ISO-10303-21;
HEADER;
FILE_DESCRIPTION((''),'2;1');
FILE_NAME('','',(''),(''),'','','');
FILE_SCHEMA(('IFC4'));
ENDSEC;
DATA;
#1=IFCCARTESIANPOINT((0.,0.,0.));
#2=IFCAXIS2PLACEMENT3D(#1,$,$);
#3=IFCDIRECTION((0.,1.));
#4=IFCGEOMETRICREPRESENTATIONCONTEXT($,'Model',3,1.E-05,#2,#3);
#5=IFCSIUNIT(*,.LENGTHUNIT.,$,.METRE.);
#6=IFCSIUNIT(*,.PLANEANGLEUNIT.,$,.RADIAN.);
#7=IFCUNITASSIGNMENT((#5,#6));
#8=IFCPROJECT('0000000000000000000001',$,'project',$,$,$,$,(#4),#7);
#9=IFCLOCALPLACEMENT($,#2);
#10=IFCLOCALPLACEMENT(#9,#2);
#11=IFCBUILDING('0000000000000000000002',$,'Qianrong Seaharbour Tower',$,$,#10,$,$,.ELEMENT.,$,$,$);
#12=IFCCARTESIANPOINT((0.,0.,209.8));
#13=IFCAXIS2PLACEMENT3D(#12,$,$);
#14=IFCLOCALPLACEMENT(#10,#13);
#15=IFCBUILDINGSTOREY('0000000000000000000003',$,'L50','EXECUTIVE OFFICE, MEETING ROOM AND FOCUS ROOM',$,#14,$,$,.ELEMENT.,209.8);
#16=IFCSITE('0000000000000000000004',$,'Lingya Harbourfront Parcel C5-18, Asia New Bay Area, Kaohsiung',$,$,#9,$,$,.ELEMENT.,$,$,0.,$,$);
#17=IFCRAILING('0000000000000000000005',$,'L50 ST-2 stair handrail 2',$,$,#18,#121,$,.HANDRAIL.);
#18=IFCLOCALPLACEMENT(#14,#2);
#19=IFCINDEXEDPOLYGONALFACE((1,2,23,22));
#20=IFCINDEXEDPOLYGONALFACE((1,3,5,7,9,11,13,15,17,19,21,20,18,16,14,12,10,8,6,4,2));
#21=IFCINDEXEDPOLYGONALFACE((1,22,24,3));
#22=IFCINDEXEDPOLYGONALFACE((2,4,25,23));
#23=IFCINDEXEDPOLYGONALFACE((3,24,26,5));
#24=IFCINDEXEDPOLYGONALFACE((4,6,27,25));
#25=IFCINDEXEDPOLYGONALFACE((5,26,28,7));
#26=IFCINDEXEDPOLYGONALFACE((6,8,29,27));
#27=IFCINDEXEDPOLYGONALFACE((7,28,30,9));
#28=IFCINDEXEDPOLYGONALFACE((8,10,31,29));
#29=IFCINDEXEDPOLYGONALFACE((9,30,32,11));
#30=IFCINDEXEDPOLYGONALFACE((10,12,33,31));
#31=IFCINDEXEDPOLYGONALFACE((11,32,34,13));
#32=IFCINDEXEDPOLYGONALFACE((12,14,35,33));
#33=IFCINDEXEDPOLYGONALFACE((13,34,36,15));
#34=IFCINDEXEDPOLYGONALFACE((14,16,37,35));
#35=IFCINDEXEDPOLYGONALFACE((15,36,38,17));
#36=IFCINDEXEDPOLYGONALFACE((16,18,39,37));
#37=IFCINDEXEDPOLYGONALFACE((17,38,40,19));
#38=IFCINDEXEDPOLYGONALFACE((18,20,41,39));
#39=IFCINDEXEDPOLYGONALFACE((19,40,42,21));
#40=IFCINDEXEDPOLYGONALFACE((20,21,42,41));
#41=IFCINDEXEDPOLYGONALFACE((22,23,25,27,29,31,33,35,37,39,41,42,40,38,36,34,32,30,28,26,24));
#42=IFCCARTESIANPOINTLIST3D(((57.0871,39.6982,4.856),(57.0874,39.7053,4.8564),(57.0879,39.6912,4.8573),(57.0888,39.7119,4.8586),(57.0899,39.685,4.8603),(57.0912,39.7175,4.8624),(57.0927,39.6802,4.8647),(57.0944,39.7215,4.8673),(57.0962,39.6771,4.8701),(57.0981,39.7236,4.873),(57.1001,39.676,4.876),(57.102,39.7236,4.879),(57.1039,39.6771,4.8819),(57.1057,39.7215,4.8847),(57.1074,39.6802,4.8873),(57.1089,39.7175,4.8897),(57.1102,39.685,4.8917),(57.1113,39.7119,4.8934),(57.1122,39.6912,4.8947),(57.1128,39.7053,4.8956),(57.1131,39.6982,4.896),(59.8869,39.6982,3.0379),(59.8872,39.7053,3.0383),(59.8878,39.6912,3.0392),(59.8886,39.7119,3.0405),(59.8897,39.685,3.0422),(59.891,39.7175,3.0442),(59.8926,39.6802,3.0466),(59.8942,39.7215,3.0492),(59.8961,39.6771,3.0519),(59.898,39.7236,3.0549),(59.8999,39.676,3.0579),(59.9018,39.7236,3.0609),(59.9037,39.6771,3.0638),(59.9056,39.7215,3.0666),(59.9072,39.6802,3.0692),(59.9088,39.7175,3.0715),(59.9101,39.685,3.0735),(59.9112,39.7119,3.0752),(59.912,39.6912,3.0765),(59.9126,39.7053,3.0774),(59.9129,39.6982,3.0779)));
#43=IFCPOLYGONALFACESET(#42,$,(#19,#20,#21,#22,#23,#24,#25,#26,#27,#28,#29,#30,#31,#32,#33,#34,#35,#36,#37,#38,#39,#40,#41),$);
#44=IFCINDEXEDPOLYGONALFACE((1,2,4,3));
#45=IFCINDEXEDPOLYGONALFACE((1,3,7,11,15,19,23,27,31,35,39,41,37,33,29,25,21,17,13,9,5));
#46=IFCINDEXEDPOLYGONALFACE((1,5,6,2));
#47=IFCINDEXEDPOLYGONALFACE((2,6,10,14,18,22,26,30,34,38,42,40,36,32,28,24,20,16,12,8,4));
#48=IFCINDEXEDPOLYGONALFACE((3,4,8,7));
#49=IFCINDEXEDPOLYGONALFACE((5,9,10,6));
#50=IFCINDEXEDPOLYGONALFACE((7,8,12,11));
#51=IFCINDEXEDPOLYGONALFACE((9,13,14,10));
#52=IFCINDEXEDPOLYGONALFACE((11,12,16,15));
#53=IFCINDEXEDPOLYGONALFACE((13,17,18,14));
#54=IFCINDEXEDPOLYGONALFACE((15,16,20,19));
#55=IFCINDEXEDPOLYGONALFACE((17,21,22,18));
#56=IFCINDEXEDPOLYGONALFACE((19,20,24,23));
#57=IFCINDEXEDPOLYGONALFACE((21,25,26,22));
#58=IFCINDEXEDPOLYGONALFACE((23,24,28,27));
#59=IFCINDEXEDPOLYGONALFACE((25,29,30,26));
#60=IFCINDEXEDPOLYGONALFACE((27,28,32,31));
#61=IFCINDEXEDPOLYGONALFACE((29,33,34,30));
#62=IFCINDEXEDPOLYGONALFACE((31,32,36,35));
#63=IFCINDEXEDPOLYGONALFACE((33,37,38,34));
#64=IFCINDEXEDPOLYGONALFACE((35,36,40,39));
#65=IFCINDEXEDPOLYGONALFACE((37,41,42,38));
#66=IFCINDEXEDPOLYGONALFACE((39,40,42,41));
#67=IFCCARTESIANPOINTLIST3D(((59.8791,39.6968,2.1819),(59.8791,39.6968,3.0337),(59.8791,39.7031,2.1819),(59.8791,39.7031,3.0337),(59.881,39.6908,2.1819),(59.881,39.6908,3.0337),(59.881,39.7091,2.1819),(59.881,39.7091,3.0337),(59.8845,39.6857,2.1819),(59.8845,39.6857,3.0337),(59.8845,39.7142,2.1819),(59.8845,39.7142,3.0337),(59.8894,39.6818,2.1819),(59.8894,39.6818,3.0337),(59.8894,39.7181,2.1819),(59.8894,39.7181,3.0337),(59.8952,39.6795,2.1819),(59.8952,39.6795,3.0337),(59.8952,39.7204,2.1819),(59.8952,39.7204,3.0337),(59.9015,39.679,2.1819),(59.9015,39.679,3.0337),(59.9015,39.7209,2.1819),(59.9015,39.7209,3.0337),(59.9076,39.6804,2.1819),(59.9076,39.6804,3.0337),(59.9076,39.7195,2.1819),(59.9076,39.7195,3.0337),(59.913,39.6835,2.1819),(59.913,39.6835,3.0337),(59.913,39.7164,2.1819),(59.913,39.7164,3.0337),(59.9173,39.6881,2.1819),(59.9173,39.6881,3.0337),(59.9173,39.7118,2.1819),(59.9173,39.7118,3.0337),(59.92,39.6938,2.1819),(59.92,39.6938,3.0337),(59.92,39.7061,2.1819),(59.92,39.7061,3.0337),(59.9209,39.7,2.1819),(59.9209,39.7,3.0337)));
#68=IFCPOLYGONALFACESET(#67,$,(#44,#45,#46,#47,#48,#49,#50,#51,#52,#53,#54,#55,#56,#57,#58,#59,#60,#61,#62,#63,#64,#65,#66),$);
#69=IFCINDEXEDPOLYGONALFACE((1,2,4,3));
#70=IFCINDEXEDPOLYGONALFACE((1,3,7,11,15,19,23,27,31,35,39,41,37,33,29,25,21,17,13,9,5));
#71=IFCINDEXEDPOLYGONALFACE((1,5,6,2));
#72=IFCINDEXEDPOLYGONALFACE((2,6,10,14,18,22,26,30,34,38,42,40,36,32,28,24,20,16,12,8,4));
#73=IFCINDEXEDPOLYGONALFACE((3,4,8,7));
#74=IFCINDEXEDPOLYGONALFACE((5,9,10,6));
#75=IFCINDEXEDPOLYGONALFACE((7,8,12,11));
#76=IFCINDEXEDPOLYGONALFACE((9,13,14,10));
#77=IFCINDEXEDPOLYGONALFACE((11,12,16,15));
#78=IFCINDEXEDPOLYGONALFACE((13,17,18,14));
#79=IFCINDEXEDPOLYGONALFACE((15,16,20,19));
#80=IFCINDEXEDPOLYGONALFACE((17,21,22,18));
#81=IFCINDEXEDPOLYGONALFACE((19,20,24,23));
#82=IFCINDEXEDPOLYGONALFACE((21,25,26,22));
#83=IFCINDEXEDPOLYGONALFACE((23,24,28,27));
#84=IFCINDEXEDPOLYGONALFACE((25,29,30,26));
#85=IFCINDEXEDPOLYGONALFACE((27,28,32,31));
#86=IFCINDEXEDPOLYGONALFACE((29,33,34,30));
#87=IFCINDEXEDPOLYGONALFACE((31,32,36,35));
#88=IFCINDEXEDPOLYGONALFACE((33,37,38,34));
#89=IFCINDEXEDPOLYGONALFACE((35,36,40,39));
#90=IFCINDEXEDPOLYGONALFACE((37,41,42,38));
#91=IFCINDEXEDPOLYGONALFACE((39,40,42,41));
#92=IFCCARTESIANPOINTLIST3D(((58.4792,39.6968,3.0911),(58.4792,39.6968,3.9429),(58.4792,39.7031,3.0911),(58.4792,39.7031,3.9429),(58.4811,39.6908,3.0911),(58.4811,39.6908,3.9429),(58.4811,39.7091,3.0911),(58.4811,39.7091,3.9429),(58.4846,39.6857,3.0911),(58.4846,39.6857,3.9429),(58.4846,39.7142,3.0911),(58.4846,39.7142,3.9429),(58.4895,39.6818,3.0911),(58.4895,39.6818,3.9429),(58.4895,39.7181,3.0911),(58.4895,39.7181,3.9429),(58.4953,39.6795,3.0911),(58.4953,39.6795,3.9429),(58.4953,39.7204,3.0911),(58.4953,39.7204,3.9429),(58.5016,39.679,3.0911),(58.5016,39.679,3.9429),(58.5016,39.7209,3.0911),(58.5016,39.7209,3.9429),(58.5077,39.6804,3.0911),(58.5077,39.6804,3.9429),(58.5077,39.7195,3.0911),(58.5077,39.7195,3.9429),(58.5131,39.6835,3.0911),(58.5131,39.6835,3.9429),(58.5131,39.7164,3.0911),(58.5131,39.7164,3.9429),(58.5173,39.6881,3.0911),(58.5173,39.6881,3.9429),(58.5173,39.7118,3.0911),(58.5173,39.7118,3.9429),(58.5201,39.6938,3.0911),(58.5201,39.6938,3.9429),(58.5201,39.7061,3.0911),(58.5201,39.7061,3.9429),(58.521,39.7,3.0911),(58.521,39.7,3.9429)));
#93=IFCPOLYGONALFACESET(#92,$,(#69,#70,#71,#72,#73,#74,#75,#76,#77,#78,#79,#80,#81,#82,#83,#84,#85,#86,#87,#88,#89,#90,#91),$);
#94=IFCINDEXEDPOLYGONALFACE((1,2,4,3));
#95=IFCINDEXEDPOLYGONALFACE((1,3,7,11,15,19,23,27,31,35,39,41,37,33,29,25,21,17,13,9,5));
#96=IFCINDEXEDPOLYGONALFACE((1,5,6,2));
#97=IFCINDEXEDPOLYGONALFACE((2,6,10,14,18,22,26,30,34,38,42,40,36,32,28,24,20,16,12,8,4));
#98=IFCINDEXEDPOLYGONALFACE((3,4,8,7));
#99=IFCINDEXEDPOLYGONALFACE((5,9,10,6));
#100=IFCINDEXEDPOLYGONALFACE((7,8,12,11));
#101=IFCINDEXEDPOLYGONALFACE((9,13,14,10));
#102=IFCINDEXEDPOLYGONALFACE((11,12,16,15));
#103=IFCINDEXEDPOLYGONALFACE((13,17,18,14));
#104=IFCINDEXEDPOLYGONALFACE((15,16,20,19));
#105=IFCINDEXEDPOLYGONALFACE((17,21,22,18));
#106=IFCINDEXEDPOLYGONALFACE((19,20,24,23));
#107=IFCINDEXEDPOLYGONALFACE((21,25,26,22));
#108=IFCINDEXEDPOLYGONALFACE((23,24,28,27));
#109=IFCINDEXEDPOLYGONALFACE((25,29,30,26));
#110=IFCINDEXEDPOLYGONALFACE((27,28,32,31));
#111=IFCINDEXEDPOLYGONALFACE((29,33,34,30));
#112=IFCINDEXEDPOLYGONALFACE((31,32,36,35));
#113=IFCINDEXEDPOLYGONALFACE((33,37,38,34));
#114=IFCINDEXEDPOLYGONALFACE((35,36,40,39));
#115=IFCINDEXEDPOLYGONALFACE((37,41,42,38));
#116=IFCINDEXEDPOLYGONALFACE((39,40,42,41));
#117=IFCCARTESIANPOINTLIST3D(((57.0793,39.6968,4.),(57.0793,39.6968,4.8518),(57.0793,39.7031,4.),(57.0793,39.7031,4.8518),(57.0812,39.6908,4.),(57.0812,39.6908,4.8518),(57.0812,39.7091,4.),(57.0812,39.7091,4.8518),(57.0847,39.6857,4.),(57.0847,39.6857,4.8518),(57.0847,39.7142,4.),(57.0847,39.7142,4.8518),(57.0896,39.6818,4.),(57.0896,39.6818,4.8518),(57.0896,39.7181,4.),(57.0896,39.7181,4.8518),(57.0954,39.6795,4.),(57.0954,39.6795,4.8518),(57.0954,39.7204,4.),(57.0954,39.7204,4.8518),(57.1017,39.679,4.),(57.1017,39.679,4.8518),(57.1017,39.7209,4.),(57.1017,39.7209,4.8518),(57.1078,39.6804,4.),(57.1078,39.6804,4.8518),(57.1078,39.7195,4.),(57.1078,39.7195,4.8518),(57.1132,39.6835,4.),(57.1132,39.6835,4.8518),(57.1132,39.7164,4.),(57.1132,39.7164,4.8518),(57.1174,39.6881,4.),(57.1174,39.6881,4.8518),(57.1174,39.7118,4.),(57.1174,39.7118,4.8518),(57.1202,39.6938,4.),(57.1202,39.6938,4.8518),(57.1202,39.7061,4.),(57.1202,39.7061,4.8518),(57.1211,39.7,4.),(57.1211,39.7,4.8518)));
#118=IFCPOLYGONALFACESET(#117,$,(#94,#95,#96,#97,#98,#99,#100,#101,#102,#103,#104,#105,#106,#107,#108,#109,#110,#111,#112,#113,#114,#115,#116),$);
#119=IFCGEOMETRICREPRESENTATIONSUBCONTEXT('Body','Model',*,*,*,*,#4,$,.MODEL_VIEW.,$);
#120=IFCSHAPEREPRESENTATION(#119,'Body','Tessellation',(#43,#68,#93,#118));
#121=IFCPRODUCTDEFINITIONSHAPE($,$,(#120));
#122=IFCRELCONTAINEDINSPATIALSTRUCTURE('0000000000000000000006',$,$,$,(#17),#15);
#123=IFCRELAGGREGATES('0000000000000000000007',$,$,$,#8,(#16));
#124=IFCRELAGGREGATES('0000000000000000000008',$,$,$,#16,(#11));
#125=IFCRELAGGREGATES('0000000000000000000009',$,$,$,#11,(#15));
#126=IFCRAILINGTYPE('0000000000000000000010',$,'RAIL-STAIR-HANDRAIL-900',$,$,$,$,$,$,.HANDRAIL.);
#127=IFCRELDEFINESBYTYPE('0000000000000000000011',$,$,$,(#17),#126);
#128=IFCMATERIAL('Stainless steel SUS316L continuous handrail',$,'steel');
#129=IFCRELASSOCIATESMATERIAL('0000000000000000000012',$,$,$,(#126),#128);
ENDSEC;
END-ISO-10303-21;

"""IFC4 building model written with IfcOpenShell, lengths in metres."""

from ifc_helpers import new_model, si_unit, direction, frame, origin, origin_2d, place, context, subcontext, project, spatial, circle, extrude, material, type_object, element, save


model = new_model("IFC4")

# Units and contexts
model_context = context("Model", 3, precision=1e-05, world=origin(), true_north=direction((0.0, 1.0)))
body_context = subcontext(model_context, "Body", "Model", "MODEL_VIEW")
ifc_project = project(units=[si_unit("LENGTHUNIT", "METRE"), si_unit("PLANEANGLEUNIT", "RADIAN")], contexts=[model_context])

# Site, building, storey
site_placement = place(None, origin())
site = spatial("IfcSite", under=ifc_project, at=site_placement, Name="Lingya Harbourfront Parcel C5-18, Asia New Bay Area, Kaohsiung", CompositionType="ELEMENT", RefElevation=0.0)
building_placement = place(site_placement, origin())
building = spatial("IfcBuilding", under=site, at=building_placement, Name="Qianrong Seaharbour Tower", CompositionType="ELEMENT")
storey_placement = place(building_placement, frame((0.0, 0.0, 209.8)))
storey = spatial("IfcBuildingStorey", under=building, at=storey_placement, Name="L50", Description="EXECUTIVE OFFICE, MEETING ROOM AND FOCUS ROOM", CompositionType="ELEMENT", Elevation=209.8)

# Railing
ifc_material_1 = material(Name="Stainless steel SUS316L continuous handrail", Category="steel")
railing_type_1 = type_object("IfcRailingType", Name="RAIL-STAIR-HANDRAIL-900", PredefinedType="HANDRAIL", material=ifc_material_1)
railing_1_placement = place(storey_placement, frame((59.8999, 39.7, 2.1819)))
element("IfcRailing", 1, at=railing_1_placement, inside=storey, type_object=railing_type_1, Name="L50 ST-2 stair handrail 2", PredefinedType="HANDRAIL", context=body_context, shape_type="SweptSolid", body=[
    extrude(circle(Radius=0.0239, at=origin_2d()), frame((0.0, 0.0, 0.876), z_axis=(-0.838684, 0.0, 0.544618), x_axis=(0.0, -1.0, 0.0)), (0.0, 0.0, 1.0), 3.3384),
    extrude(circle(Radius=0.021, at=origin_2d()), origin(), (0.0, 0.0, 1.0), 0.8518),
    extrude(circle(Radius=0.021, at=origin_2d()), frame((-1.3999, 0.0, 0.9092)), (0.0, 0.0, 1.0), 0.8518),
    extrude(circle(Radius=0.021, at=origin_2d()), frame((-2.7998, 0.0, 1.8181)), (0.0, 0.0, 1.0), 0.8518),
])

save(model, "model.ifc")
